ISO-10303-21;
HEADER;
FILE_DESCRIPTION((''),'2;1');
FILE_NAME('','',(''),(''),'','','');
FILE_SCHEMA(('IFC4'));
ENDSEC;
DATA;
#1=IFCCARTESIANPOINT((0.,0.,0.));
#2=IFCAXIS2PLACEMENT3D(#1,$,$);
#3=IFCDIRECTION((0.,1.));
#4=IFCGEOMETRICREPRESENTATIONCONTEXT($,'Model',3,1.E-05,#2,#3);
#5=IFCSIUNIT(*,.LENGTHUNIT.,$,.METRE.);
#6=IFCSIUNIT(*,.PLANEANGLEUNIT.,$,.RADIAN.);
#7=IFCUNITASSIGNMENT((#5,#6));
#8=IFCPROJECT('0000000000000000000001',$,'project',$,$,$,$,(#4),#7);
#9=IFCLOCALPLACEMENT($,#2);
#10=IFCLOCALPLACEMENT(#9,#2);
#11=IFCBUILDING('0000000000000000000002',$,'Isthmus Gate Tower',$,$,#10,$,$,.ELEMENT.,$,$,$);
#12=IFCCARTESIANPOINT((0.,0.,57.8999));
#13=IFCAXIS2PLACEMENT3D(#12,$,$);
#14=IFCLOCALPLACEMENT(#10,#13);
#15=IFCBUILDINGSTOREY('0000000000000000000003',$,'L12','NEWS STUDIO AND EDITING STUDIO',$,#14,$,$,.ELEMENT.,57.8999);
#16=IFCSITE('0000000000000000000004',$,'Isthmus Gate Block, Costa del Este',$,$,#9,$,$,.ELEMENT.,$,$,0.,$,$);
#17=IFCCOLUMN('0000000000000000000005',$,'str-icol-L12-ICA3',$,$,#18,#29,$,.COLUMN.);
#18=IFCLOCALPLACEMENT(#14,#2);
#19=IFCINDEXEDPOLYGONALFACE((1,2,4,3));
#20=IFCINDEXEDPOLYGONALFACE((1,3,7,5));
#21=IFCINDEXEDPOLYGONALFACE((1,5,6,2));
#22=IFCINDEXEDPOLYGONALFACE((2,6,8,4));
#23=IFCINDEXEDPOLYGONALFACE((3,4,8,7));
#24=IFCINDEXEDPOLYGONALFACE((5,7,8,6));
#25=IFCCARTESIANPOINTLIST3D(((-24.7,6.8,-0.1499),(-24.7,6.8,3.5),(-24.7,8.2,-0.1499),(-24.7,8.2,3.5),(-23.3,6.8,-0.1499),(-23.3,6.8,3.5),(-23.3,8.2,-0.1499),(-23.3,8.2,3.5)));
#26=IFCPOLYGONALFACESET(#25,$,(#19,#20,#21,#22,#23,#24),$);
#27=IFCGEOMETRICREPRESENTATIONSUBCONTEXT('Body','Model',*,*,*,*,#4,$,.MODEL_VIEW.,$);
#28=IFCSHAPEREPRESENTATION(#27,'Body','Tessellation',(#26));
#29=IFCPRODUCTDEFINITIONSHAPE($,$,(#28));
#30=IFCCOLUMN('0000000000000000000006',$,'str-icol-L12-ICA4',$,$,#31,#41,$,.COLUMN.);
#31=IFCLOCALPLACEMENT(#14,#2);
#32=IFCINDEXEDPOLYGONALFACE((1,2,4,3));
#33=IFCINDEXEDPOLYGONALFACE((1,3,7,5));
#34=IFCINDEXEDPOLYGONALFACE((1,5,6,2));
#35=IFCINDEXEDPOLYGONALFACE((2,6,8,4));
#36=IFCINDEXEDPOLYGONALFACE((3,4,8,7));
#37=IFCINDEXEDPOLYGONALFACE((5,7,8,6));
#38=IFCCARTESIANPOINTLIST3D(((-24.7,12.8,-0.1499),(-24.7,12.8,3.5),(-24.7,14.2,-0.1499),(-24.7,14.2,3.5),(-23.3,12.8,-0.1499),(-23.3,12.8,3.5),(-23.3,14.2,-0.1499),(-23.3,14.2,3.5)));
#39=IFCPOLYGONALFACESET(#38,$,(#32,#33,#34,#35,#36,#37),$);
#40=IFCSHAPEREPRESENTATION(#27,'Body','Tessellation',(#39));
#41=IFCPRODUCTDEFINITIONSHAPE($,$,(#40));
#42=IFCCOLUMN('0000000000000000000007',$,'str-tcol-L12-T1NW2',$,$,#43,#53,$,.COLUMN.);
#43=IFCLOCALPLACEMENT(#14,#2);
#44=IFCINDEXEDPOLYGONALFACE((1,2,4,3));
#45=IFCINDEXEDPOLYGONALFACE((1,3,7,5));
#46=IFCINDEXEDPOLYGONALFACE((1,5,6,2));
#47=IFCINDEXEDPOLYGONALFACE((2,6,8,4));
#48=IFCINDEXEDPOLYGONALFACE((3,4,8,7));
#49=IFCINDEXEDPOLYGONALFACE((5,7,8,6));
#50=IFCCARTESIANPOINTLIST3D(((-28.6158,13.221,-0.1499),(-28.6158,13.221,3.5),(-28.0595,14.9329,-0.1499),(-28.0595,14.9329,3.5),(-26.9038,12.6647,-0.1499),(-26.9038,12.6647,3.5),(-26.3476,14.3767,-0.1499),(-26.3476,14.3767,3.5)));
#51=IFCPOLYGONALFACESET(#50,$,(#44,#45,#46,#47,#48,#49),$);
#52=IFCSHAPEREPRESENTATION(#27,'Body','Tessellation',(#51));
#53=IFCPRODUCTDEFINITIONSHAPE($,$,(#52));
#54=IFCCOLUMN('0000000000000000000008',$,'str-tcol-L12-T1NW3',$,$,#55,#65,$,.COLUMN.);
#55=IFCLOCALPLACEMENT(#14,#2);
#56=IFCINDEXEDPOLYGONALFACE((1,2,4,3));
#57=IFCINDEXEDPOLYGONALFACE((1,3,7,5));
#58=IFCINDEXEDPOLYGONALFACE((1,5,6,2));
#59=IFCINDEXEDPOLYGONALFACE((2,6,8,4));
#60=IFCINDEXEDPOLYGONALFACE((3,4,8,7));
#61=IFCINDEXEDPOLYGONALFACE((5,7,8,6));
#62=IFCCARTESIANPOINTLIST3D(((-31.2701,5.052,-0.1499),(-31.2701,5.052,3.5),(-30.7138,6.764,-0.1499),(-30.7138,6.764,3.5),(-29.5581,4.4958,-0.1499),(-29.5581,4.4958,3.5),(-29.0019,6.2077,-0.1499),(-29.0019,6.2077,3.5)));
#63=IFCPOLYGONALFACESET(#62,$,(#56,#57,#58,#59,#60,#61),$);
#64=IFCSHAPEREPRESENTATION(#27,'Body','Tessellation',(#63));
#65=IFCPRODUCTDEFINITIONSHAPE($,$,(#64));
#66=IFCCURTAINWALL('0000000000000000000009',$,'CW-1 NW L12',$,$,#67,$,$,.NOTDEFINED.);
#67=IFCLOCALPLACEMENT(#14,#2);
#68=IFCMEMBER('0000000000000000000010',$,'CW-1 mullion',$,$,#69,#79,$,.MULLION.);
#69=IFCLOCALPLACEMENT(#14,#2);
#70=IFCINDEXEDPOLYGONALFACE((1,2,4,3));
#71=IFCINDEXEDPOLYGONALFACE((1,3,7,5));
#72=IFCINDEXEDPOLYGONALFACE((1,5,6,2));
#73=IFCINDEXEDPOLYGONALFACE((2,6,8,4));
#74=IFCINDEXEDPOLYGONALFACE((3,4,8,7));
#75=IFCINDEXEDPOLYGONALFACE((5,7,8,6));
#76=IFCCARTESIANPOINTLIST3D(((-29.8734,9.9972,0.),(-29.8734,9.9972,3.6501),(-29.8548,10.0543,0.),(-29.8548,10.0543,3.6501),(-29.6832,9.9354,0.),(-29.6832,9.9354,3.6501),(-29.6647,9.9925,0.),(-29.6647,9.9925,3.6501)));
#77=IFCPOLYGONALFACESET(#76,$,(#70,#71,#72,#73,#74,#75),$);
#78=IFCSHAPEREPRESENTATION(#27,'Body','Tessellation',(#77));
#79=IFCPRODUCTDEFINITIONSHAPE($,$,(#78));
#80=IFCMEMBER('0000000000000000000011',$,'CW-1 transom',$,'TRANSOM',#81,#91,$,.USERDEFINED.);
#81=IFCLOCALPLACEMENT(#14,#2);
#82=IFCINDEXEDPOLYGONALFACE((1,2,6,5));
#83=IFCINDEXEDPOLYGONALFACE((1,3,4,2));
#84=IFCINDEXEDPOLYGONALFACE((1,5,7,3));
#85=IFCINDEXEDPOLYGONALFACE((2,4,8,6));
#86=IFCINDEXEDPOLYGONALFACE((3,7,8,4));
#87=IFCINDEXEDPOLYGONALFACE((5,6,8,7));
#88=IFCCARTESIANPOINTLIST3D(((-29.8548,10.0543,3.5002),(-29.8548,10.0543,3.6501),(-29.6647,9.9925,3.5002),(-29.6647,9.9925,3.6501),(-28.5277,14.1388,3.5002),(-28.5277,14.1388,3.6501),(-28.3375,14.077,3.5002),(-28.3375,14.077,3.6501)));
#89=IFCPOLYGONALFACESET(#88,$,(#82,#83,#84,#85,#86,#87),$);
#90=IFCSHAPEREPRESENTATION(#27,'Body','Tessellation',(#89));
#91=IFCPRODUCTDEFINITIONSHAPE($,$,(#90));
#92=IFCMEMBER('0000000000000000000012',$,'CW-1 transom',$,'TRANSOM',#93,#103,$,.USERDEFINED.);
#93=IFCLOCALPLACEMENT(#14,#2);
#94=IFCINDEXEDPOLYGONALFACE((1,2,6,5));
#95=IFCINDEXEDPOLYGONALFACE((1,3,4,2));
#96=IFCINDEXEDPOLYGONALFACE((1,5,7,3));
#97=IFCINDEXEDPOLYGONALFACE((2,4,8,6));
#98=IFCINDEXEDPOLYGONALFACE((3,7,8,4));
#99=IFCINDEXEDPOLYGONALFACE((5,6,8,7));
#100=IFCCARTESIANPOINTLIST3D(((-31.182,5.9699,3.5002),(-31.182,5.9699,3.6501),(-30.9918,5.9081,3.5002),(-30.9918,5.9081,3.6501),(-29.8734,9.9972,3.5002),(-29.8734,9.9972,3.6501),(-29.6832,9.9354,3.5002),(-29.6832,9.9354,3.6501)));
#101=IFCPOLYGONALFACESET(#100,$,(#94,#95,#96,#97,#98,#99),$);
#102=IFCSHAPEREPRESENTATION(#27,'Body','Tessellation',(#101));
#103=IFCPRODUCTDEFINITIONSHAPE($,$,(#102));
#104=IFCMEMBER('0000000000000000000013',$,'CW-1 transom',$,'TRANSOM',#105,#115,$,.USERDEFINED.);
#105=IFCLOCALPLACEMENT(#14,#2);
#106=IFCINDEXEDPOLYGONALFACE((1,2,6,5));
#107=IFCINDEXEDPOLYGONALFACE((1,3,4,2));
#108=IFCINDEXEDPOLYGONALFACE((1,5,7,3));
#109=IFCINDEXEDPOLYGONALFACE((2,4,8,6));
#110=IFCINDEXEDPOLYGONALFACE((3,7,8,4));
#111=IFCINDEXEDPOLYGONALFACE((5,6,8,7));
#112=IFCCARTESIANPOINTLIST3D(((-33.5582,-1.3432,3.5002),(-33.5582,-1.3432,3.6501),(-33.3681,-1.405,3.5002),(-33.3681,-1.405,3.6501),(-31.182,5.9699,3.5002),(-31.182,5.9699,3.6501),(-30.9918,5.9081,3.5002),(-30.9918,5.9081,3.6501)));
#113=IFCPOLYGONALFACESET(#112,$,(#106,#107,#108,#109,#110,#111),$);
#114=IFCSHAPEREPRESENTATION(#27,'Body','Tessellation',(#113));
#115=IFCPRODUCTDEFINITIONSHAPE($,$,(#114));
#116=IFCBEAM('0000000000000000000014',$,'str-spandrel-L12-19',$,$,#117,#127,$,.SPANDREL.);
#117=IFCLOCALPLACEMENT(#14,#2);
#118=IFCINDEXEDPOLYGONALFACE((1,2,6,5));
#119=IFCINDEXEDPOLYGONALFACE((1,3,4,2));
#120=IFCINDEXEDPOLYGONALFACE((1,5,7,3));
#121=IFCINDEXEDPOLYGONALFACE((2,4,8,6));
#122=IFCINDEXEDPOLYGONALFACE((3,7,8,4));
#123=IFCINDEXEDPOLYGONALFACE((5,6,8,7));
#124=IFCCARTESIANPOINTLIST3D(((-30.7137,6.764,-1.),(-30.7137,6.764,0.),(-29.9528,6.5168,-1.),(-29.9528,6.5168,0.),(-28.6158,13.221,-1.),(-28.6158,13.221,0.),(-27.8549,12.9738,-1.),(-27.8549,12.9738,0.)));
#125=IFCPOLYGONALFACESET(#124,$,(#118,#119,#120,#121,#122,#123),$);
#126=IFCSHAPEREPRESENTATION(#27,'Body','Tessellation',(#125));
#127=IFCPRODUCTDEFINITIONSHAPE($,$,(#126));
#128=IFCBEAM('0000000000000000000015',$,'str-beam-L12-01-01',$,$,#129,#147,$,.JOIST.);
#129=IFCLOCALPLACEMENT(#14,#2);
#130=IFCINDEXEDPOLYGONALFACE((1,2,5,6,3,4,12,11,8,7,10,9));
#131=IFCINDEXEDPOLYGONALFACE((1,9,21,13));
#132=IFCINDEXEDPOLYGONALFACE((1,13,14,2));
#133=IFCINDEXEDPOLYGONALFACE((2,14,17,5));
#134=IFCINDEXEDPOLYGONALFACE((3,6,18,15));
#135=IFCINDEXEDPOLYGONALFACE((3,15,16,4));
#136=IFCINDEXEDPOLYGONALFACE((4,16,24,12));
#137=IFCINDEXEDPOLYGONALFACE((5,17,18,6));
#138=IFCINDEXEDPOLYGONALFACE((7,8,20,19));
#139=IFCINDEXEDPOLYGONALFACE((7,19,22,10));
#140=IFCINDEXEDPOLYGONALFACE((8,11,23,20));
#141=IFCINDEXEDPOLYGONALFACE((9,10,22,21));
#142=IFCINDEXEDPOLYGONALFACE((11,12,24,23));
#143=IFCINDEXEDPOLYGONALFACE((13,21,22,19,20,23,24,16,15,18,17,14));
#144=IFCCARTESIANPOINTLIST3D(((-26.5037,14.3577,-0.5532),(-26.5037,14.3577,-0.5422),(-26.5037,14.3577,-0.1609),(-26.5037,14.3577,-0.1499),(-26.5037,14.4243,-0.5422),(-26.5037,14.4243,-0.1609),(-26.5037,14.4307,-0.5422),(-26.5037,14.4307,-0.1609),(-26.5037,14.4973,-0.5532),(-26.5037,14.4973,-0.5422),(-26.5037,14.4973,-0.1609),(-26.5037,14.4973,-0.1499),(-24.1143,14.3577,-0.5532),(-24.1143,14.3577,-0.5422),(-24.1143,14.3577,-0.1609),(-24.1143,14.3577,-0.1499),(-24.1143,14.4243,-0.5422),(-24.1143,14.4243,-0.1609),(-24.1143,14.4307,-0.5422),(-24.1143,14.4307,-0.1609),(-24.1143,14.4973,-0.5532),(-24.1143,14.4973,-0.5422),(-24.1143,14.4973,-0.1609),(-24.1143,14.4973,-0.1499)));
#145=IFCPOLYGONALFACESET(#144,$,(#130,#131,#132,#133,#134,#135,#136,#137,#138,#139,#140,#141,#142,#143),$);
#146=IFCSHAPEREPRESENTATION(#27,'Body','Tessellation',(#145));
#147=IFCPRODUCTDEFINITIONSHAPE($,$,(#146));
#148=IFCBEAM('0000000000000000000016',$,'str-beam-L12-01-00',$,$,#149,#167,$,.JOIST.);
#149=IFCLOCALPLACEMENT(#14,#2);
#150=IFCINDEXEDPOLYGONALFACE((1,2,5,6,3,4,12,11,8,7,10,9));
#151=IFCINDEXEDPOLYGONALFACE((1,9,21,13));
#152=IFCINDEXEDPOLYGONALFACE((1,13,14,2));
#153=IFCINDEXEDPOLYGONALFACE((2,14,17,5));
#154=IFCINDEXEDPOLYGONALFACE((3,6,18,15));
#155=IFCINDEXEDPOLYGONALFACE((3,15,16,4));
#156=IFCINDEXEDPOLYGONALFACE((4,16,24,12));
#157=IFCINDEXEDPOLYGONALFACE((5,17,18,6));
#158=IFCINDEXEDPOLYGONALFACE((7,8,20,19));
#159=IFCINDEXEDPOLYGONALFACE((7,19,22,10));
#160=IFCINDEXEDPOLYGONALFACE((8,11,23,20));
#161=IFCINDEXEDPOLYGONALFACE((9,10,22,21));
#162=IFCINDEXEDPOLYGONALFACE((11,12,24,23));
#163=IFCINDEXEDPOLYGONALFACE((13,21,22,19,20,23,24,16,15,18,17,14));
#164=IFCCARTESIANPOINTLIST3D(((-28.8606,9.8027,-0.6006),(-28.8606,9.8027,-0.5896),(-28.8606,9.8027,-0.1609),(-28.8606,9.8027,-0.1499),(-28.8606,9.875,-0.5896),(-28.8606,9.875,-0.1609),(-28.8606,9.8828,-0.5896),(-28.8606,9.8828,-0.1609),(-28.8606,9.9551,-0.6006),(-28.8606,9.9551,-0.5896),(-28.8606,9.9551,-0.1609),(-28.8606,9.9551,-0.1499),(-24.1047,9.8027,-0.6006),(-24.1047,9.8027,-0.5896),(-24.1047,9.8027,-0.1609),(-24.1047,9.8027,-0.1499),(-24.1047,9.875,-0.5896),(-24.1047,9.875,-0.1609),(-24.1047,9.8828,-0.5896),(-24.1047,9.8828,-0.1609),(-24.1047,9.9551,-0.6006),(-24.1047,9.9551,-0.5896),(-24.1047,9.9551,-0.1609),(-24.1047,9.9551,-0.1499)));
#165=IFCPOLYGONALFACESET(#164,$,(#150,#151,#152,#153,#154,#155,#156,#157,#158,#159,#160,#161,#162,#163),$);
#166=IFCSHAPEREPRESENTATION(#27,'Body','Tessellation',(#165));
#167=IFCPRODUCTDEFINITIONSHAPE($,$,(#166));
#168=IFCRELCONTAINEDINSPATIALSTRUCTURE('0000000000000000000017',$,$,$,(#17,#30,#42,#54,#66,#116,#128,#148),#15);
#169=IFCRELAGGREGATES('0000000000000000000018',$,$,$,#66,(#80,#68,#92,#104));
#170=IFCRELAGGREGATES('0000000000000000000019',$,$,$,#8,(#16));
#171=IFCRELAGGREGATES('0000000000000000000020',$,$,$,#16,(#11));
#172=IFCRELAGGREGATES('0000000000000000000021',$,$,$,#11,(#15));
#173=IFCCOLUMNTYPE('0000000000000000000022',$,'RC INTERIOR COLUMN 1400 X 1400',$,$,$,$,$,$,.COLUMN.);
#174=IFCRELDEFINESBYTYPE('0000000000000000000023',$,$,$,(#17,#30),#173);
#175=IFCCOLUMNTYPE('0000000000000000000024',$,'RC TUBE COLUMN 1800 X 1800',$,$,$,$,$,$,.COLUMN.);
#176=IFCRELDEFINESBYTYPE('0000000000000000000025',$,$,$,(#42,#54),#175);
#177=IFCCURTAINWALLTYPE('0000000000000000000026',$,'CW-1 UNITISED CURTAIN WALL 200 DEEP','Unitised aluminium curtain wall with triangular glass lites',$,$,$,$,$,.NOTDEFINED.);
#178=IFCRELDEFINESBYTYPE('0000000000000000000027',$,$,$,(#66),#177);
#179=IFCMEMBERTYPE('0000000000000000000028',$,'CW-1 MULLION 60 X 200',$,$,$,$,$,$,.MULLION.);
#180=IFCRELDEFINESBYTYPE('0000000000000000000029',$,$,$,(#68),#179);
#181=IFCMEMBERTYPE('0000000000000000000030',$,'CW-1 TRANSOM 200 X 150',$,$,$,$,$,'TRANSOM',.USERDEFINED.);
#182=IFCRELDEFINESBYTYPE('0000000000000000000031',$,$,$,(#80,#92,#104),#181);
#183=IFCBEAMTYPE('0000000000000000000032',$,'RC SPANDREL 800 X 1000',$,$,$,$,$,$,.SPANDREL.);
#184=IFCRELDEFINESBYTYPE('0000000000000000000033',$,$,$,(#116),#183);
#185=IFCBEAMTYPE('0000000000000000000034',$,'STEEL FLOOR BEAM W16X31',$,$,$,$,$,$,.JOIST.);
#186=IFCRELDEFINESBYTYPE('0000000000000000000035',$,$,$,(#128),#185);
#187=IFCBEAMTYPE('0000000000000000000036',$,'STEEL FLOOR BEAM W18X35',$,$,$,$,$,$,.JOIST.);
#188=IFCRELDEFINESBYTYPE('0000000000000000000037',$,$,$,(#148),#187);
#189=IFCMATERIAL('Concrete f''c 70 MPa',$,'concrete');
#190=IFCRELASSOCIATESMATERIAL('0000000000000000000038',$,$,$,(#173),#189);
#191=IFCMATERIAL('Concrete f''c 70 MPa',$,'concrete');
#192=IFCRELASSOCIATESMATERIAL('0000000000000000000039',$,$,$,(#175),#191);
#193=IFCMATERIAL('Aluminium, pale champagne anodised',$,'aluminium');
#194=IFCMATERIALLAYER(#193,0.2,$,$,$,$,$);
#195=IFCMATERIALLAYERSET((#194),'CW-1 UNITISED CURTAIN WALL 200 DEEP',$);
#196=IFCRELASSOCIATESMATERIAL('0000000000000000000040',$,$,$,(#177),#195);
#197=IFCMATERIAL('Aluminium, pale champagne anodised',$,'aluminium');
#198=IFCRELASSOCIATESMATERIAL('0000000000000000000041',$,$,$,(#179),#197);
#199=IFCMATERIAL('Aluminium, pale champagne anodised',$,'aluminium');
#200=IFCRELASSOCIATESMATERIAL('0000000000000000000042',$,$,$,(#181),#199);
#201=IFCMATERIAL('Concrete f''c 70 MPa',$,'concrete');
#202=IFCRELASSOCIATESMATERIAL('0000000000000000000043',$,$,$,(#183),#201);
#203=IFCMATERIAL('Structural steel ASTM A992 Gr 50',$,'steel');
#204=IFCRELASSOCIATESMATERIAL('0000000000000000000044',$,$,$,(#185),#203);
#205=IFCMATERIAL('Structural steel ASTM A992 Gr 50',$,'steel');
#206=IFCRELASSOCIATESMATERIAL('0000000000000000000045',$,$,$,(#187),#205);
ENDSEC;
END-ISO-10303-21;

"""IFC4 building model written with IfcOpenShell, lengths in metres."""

from ifc_helpers import new_model, si_unit, direction, frame, origin, origin_2d, place, context, subcontext, project, spatial, rectangle, i_section, extrude, material, layer, layer_set, material_profile, profile_set, type_object, element, aggregate, save


model = new_model("IFC4")

# Units and contexts
model_context = context("Model", 3, precision=1e-05, world=origin(), true_north=direction((0.0, 1.0)))
body_context = subcontext(model_context, "Body", "Model", "MODEL_VIEW")
ifc_project = project(units=[si_unit("LENGTHUNIT", "METRE"), si_unit("PLANEANGLEUNIT", "RADIAN")], contexts=[model_context])

# Site, building, storey
site_placement = place(None, origin())
site = spatial("IfcSite", under=ifc_project, at=site_placement, Name="Isthmus Gate Block, Costa del Este", CompositionType="ELEMENT", RefElevation=0.0)
building_placement = place(site_placement, origin())
building = spatial("IfcBuilding", under=site, at=building_placement, Name="Isthmus Gate Tower", CompositionType="ELEMENT")
storey_placement = place(building_placement, frame((0.0, 0.0, 57.8999)))
storey = spatial("IfcBuildingStorey", under=building, at=storey_placement, Name="L12", Description="NEWS STUDIO AND EDITING STUDIO", CompositionType="ELEMENT", Elevation=57.8999)

# Columns
ifc_material_1 = material(Name="Concrete f'c 70 MPa", Category="concrete")
ifc_material_profile_1 = material_profile(ifc_material_1, rectangle(XDim=1.3999, YDim=1.3999, at=origin_2d()), Name="RC 1400X1400")
ifc_profile_set_1 = profile_set([ifc_material_profile_1], Name="Concrete f'c 70 MPa")
column_type_1 = type_object("IfcColumnType", Name="RC INTERIOR COLUMN 1400 X 1400", PredefinedType="COLUMN", material=ifc_profile_set_1)
for number, where, z_axis, x_axis, name in (
    (1, (-24.0, 7.5, -0.1499), (0.0, 0.0, 1.0), (1.0, 0.0, 0.0), "str-icol-L12-ICA3"),
    (2, (-24.0, 13.5, -0.1499), (0.0, 0.0, 1.0), (1.0, 0.0, 0.0), "str-icol-L12-ICA4"),
):
    element("IfcColumn", number, at=place(storey_placement, frame(where, z_axis=z_axis, x_axis=x_axis)), inside=storey, type_object=column_type_1, Name=name, PredefinedType="COLUMN", context=body_context, shape_type="SweptSolid", body=[
        extrude(rectangle(XDim=1.3999, YDim=1.3999, at=origin_2d()), origin(), (0.0, 0.0, 1.0), 3.6499),
    ])
ifc_material_2 = material(Name="Concrete f'c 70 MPa", Category="concrete")
ifc_material_profile_2 = material_profile(ifc_material_2, rectangle(XDim=1.8, YDim=1.8, at=origin_2d()), Name="RC 1800X1800")
ifc_profile_set_2 = profile_set([ifc_material_profile_2], Name="Concrete f'c 70 MPa")
column_type_2 = type_object("IfcColumnType", Name="RC TUBE COLUMN 1800 X 1800", PredefinedType="COLUMN", material=ifc_profile_set_2)
for number, where, z_axis, x_axis, name in (
    (3, (-27.4817, 13.7988, -0.1499), (0.0, 0.0, 1.0), (-0.309017, -0.951057, 0.0), "str-tcol-L12-T1NW2"),
    (4, (-30.136, 5.6299, -0.1499), (0.0, 0.0, 1.0), (-0.309017, -0.951057, 0.0), "str-tcol-L12-T1NW3"),
):
    element("IfcColumn", number, at=place(storey_placement, frame(where, z_axis=z_axis, x_axis=x_axis)), inside=storey, type_object=column_type_2, Name=name, PredefinedType="COLUMN", context=body_context, shape_type="SweptSolid", body=[
        extrude(rectangle(XDim=1.8, YDim=1.8, at=origin_2d()), origin(), (0.0, 0.0, 1.0), 3.6499),
    ])

# Curtain wall, members
ifc_material_3 = material(Name="Aluminium, pale champagne anodised", Category="aluminium")
ifc_layer_1 = layer(ifc_material_3, 0.2)
ifc_layer_set_1 = layer_set([ifc_layer_1], Name="CW-1 UNITISED CURTAIN WALL 200 DEEP")
curtain_wall_type = type_object("IfcCurtainWallType", Name="CW-1 UNITISED CURTAIN WALL 200 DEEP", Description="Unitised aluminium curtain wall with triangular glass lites", PredefinedType="NOTDEFINED", material=ifc_layer_set_1)
curtain_wall_placement = place(storey_placement, origin())
curtain_wall = element("IfcCurtainWall", 5, at=curtain_wall_placement, inside=storey, type_object=curtain_wall_type, Name="CW-1 NW L12", PredefinedType="NOTDEFINED")
ifc_material_4 = material(Name="Aluminium, pale champagne anodised", Category="aluminium")
ifc_material_profile_3 = material_profile(ifc_material_4, rectangle(XDim=0.0601, YDim=0.2, at=origin_2d()), Name="60x200")
ifc_profile_set_3 = profile_set([ifc_material_profile_3], Name="Aluminium, pale champagne anodised")
member_type_1 = type_object("IfcMemberType", Name="CW-1 MULLION 60 X 200", PredefinedType="MULLION", material=ifc_profile_set_3)
member_1_placement = place(storey_placement, frame((-29.769, 9.9949, 0.0), z_axis=(0.0, 0.0, 1.0), x_axis=(-0.309017, -0.951057, 0.0)))
member_1 = element("IfcMember", 6, at=member_1_placement, type_object=member_type_1, Name="CW-1 mullion", PredefinedType="MULLION", context=body_context, shape_type="SweptSolid", body=[
    extrude(rectangle(XDim=0.0601, YDim=0.2, at=origin_2d()), origin(), (0.0, 0.0, 1.0), 3.6501),
])
ifc_material_5 = material(Name="Aluminium, pale champagne anodised", Category="aluminium")
ifc_material_profile_4 = material_profile(ifc_material_5, rectangle(XDim=0.2, YDim=0.1499, at=origin_2d()), Name="200x150")
ifc_profile_set_4 = profile_set([ifc_material_profile_4], Name="Aluminium, pale champagne anodised")
member_type_2 = type_object("IfcMemberType", Name="CW-1 TRANSOM 200 X 150", ElementType="TRANSOM", PredefinedType="USERDEFINED", material=ifc_profile_set_4)
member_2_placement = place(storey_placement, frame((-28.4326, 14.1079, 3.5752), z_axis=(-0.309022, -0.951055, 0.0), x_axis=(0.951055, -0.309022, 0.0)))
member_2 = element("IfcMember", 7, at=member_2_placement, type_object=member_type_2, Name="CW-1 transom", ObjectType="TRANSOM", PredefinedType="USERDEFINED", context=body_context, shape_type="SweptSolid", body=[
    extrude(rectangle(XDim=0.2, YDim=0.1499, at=origin_2d()), origin(), (0.0, 0.0, 1.0), 4.2947),
])
member_3_placement = place(storey_placement, frame((-29.7783, 9.9663, 3.5752), z_axis=(-0.309023, -0.951054, 0.0), x_axis=(0.951054, -0.309023, 0.0)))
member_3 = element("IfcMember", 8, at=member_3_placement, type_object=member_type_2, Name="CW-1 transom", ObjectType="TRANSOM", PredefinedType="USERDEFINED", context=body_context, shape_type="SweptSolid", body=[
    extrude(rectangle(XDim=0.2, YDim=0.1499, at=origin_2d()), origin(), (0.0, 0.0, 1.0), 4.2346),
])
member_4_placement = place(storey_placement, frame((-31.0869, 5.939, 3.5752), z_axis=(-0.309027, -0.951053, 0.0), x_axis=(0.951053, -0.309027, 0.0)))
member_4 = element("IfcMember", 9, at=member_4_placement, type_object=member_type_2, Name="CW-1 transom", ObjectType="TRANSOM", PredefinedType="USERDEFINED", context=body_context, shape_type="SweptSolid", body=[
    extrude(rectangle(XDim=0.2, YDim=0.1499, at=origin_2d()), origin(), (0.0, 0.0, 1.0), 7.6895),
])

# Beams
ifc_material_6 = material(Name="Concrete f'c 70 MPa", Category="concrete")
ifc_material_profile_5 = material_profile(ifc_material_6, rectangle(XDim=0.8, YDim=1.0, at=origin_2d()), Name="RC 800X1000")
ifc_profile_set_5 = profile_set([ifc_material_profile_5], Name="Concrete f'c 70 MPa")
beam_type_1 = type_object("IfcBeamType", Name="RC SPANDREL 800 X 1000", PredefinedType="SPANDREL", material=ifc_profile_set_5)
beam_1_placement = place(storey_placement, frame((-30.3333, 6.6404, -0.5), z_axis=(0.309002, 0.951062, 0.0), x_axis=(-0.951062, 0.309002, 0.0)))
element("IfcBeam", 10, at=beam_1_placement, inside=storey, type_object=beam_type_1, Name="str-spandrel-L12-19", PredefinedType="SPANDREL", context=body_context, shape_type="SweptSolid", body=[
    extrude(rectangle(XDim=0.8, YDim=1.0, at=origin_2d()), origin(), (0.0, 0.0, 1.0), 6.7893),
])
ifc_material_7 = material(Name="Structural steel ASTM A992 Gr 50", Category="steel")
ifc_material_profile_6 = material_profile(ifc_material_7, i_section(OverallWidth=0.1396, OverallDepth=0.4033, WebThickness=0.0063, FlangeThickness=0.011, at=origin_2d()), Name="W16X31")
ifc_profile_set_6 = profile_set([ifc_material_profile_6], Name="Structural steel ASTM A992 Gr 50")
beam_type_2 = type_object("IfcBeamType", Name="STEEL FLOOR BEAM W16X31", PredefinedType="JOIST", material=ifc_profile_set_6)
beam_2_placement = place(storey_placement, frame((-26.5037, 14.4275, -0.3516), z_axis=(1.0, 0.0, 0.0), x_axis=(0.0, 1.0, 0.0)))
element("IfcBeam", 11, at=beam_2_placement, inside=storey, type_object=beam_type_2, Name="str-beam-L12-01-01", PredefinedType="JOIST", context=body_context, shape_type="SweptSolid", body=[
    extrude(i_section(OverallWidth=0.1396, OverallDepth=0.4033, WebThickness=0.0063, FlangeThickness=0.011, at=origin_2d()), origin(), (0.0, 0.0, 1.0), 2.3894),
])
ifc_material_8 = material(Name="Structural steel ASTM A992 Gr 50", Category="steel")
ifc_material_profile_7 = material_profile(ifc_material_8, i_section(OverallWidth=0.1523, OverallDepth=0.4507, WebThickness=0.0078, FlangeThickness=0.011, at=origin_2d()), Name="W18X35")
ifc_profile_set_7 = profile_set([ifc_material_profile_7], Name="Structural steel ASTM A992 Gr 50")
beam_type_3 = type_object("IfcBeamType", Name="STEEL FLOOR BEAM W18X35", PredefinedType="JOIST", material=ifc_profile_set_7)
beam_3_placement = place(storey_placement, frame((-28.8606, 9.8789, -0.3752), z_axis=(1.0, 0.0, 0.0), x_axis=(0.0, 1.0, 0.0)))
element("IfcBeam", 12, at=beam_3_placement, inside=storey, type_object=beam_type_3, Name="str-beam-L12-01-00", PredefinedType="JOIST", context=body_context, shape_type="SweptSolid", body=[
    extrude(i_section(OverallWidth=0.1523, OverallDepth=0.4507, WebThickness=0.0078, FlangeThickness=0.011, at=origin_2d()), origin(), (0.0, 0.0, 1.0), 4.7559),
])

aggregate(curtain_wall, [member_2, member_1, member_3, member_4])

save(model, "model.ifc")
